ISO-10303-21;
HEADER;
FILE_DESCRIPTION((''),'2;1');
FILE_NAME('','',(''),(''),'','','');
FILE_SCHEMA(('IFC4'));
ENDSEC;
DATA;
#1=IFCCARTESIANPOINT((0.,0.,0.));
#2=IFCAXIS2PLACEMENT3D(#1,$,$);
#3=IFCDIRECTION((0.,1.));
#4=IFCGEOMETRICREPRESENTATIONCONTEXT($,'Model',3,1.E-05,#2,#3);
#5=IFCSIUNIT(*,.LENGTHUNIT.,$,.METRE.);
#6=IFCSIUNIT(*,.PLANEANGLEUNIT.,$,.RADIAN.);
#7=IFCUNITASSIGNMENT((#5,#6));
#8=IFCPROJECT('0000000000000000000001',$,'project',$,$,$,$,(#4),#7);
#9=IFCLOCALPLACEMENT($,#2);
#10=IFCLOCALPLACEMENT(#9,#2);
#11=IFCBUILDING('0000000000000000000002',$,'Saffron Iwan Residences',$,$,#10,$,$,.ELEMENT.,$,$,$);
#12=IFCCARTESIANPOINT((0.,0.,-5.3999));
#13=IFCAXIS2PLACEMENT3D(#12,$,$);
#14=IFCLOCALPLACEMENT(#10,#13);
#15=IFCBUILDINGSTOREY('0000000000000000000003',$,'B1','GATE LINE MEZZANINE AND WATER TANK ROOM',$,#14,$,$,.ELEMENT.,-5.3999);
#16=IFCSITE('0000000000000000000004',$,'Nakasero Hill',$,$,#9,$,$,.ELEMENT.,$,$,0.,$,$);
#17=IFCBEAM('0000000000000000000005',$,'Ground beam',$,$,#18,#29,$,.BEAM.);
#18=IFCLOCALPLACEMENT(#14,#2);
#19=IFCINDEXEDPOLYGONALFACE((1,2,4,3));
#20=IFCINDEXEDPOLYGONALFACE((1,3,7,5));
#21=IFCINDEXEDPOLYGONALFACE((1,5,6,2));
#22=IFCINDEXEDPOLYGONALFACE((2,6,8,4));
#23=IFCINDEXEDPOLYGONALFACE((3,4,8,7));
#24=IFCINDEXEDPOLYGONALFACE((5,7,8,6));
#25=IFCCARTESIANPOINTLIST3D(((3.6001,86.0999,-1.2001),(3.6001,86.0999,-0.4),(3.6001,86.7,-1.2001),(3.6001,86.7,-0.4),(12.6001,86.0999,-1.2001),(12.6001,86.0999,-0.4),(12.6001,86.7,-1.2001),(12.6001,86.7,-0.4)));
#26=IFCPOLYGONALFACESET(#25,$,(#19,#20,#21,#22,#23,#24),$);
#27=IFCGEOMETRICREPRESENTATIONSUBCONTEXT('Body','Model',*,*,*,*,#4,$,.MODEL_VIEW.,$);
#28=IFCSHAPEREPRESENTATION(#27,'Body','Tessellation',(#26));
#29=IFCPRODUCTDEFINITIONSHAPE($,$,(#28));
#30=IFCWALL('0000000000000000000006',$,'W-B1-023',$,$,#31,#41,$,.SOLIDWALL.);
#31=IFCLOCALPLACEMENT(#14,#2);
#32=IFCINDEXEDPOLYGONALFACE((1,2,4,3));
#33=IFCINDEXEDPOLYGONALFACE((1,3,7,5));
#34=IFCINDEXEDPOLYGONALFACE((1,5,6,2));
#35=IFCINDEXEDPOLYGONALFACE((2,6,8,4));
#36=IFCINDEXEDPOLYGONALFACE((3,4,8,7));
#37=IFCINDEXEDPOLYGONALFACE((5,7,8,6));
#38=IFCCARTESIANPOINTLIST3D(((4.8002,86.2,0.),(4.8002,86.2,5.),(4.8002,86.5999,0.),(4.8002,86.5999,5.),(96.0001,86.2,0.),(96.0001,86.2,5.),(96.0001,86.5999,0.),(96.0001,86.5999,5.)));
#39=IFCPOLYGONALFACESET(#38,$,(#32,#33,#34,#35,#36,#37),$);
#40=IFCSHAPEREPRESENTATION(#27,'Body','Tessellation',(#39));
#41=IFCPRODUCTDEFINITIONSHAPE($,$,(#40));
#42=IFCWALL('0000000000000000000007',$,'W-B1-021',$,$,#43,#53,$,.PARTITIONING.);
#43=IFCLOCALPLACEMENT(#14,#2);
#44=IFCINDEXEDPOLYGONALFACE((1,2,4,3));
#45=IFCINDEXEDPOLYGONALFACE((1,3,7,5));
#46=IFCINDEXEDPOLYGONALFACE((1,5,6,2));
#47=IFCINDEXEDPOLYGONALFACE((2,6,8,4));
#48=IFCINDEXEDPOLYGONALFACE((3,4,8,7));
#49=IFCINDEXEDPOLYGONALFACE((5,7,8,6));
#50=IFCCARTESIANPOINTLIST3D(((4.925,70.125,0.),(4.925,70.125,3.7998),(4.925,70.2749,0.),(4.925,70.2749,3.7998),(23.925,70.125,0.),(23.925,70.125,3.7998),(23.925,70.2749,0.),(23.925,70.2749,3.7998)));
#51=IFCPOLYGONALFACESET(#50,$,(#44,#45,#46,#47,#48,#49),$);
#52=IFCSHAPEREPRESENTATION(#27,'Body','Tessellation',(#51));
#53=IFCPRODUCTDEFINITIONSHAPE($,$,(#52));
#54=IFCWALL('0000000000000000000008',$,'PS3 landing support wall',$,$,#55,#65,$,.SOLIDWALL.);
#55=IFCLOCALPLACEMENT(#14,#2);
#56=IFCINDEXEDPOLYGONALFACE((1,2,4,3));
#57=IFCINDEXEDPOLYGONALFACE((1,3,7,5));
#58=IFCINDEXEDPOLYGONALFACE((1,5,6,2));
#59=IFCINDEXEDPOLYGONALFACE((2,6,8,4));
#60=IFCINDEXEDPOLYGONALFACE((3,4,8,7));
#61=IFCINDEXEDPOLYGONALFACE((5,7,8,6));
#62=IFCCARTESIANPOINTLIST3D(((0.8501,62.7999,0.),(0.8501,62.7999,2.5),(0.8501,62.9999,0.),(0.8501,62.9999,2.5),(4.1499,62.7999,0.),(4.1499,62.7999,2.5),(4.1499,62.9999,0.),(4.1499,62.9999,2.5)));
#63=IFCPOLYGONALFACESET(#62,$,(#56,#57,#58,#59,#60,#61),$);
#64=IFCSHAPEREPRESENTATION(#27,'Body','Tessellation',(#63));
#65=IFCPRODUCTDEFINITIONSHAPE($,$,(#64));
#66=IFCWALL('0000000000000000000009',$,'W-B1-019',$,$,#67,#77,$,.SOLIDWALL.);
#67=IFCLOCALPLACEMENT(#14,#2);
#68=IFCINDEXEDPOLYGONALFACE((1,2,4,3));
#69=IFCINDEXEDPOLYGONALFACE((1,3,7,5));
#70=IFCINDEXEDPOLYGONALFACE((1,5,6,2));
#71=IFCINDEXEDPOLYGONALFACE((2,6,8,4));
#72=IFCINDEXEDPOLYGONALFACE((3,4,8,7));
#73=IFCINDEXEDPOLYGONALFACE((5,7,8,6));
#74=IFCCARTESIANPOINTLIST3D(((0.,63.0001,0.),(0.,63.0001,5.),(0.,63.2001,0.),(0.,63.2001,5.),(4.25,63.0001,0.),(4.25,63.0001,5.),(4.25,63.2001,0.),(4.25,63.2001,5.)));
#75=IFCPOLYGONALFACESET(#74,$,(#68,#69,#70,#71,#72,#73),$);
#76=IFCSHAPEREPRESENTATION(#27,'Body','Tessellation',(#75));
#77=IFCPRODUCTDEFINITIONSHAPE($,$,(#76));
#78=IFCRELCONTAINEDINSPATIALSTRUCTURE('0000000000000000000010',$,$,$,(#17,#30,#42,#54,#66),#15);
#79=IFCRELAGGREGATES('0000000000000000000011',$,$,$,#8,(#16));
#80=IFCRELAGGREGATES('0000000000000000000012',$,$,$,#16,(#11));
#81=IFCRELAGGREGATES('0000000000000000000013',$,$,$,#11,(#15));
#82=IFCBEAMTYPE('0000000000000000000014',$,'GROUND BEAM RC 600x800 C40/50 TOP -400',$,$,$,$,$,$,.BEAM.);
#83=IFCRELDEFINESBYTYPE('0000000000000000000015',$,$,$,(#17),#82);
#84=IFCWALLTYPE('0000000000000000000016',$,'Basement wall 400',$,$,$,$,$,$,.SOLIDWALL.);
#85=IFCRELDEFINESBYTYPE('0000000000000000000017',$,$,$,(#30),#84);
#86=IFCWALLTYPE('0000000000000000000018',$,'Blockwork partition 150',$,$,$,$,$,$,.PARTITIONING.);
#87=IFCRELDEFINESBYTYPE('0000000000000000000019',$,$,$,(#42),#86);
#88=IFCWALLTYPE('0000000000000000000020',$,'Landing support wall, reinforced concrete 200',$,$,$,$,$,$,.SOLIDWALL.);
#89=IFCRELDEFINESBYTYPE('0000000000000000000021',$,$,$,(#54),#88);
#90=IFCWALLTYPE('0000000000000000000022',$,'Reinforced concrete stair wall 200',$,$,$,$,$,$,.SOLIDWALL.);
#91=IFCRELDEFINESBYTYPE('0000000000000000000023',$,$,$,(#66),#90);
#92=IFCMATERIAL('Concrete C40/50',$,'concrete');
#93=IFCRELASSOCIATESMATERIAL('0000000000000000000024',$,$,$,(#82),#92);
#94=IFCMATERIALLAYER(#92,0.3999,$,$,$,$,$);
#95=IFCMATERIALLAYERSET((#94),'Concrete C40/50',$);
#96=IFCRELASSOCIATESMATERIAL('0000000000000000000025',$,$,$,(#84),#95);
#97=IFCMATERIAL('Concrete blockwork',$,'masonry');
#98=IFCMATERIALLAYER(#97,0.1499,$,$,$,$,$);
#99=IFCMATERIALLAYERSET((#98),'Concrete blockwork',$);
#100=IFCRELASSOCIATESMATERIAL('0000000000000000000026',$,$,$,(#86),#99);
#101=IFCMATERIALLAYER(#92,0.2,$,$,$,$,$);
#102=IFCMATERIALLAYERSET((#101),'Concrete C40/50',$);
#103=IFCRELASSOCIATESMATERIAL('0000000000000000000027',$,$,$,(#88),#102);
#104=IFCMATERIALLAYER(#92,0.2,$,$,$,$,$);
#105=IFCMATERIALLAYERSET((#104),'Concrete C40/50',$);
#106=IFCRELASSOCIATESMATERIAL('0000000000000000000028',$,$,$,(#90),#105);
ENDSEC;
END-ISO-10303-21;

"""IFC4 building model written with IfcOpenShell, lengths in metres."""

from ifc_helpers import new_model, si_unit, direction, frame, frame_2d, origin, origin_2d, place, context, subcontext, project, spatial, rectangle, extrude, source, transform, mapped, material, layer, layer_set, material_profile, profile_set, type_object, element, save


model = new_model("IFC4")

# Units and contexts
model_context = context("Model", 3, precision=1e-05, world=origin(), true_north=direction((0.0, 1.0)))
body_context = subcontext(model_context, "Body", "Model", "MODEL_VIEW")
ifc_project = project(units=[si_unit("LENGTHUNIT", "METRE"), si_unit("PLANEANGLEUNIT", "RADIAN")], contexts=[model_context])

# Site, building, storey
site_placement = place(None, origin())
site = spatial("IfcSite", under=ifc_project, at=site_placement, Name="Nakasero Hill", CompositionType="ELEMENT", RefElevation=0.0)
building_placement = place(site_placement, origin())
building = spatial("IfcBuilding", under=site, at=building_placement, Name="Saffron Iwan Residences", CompositionType="ELEMENT")
storey_placement = place(building_placement, frame((0.0, 0.0, -5.3999)))
storey = spatial("IfcBuildingStorey", under=building, at=storey_placement, Name="B1", Description="GATE LINE MEZZANINE AND WATER TANK ROOM", CompositionType="ELEMENT", Elevation=-5.3999)

# Shared definitions
ifc_material_1 = material(Name="Concrete C40/50", Category="concrete")

# Beam
ifc_material_profile_1 = material_profile(ifc_material_1, rectangle(XDim=0.6001, YDim=0.8, at=origin_2d()), Name="RC 600x800")
ifc_profile_set_1 = profile_set([ifc_material_profile_1], Name="Concrete C40/50")
beam_type_1 = type_object("IfcBeamType", Name="GROUND BEAM RC 600x800 C40/50 TOP -400", PredefinedType="BEAM", material=ifc_profile_set_1)
shared_shape_1 = source(origin(), body_context, "Body", "SweptSolid", [
    extrude(rectangle(XDim=0.6001, YDim=0.8, at=origin_2d()), origin(), (0.0, 0.0, 1.0), 9.0),
])
beam_1_placement = place(storey_placement, frame((3.6001, 86.3999, -0.8), z_axis=(1.0, 0.0, 0.0), x_axis=(0.0, 1.0, 0.0)))
element("IfcBeam", 1, at=beam_1_placement, inside=storey, type_object=beam_type_1, Name="Ground beam", PredefinedType="BEAM", context=body_context, shape_type="MappedRepresentation", body=[
    mapped(shared_shape_1, transform((0.0, 0.0, 0.0))),
])

# Walls
ifc_layer_1 = layer(ifc_material_1, 0.3999)
ifc_layer_set_1 = layer_set([ifc_layer_1], Name="Concrete C40/50")
wall_type_1 = type_object("IfcWallType", Name="Basement wall 400", PredefinedType="SOLIDWALL", material=ifc_layer_set_1)
wall_1_placement = place(storey_placement, frame((4.8, 86.3999, 0.0), z_axis=(0.0, 0.0, 1.0), x_axis=(1.0, 0.0, 0.0)))
element("IfcWall", 2, at=wall_1_placement, inside=storey, type_object=wall_type_1, Name="W-B1-023", PredefinedType="SOLIDWALL", context=body_context, shape_type="SweptSolid", body=[
    extrude(rectangle(XDim=91.2, YDim=0.3999, at=frame_2d((45.6001, 0.0))), origin(), (0.0, 0.0, 1.0), 5.0),
])
ifc_material_2 = material(Name="Concrete blockwork", Category="masonry")
ifc_layer_2 = layer(ifc_material_2, 0.1499)
ifc_layer_set_2 = layer_set([ifc_layer_2], Name="Concrete blockwork")
wall_type_2 = type_object("IfcWallType", Name="Blockwork partition 150", PredefinedType="PARTITIONING", material=ifc_layer_set_2)
wall_2_placement = place(storey_placement, frame((4.925, 70.2, 0.0), z_axis=(0.0, 0.0, 1.0), x_axis=(1.0, 0.0, 0.0)))
element("IfcWall", 3, at=wall_2_placement, inside=storey, type_object=wall_type_2, Name="W-B1-021", PredefinedType="PARTITIONING", context=body_context, shape_type="SweptSolid", body=[
    extrude(rectangle(XDim=19.0, YDim=0.1499, at=frame_2d((9.5, 0.0))), origin(), (0.0, 0.0, 1.0), 3.7998),
])
ifc_layer_3 = layer(ifc_material_1, 0.2)
ifc_layer_set_3 = layer_set([ifc_layer_3], Name="Concrete C40/50")
wall_type_3 = type_object("IfcWallType", Name="Landing support wall, reinforced concrete 200", PredefinedType="SOLIDWALL", material=ifc_layer_set_3)
wall_3_placement = place(storey_placement, frame((0.8501, 62.8999, 0.0), z_axis=(0.0, 0.0, 1.0), x_axis=(1.0, 0.0, 0.0)))
element("IfcWall", 4, at=wall_3_placement, inside=storey, type_object=wall_type_3, Name="PS3 landing support wall", PredefinedType="SOLIDWALL", context=body_context, shape_type="SweptSolid", body=[
    extrude(rectangle(XDim=3.2998, YDim=0.2, at=frame_2d((1.6499, 0.0))), origin(), (0.0, 0.0, 1.0), 2.5),
])
ifc_layer_4 = layer(ifc_material_1, 0.2)
ifc_layer_set_4 = layer_set([ifc_layer_4], Name="Concrete C40/50")
wall_type_4 = type_object("IfcWallType", Name="Reinforced concrete stair wall 200", PredefinedType="SOLIDWALL", material=ifc_layer_set_4)
wall_4_placement = place(storey_placement, frame((0.0, 63.1001, 0.0), z_axis=(0.0, 0.0, 1.0), x_axis=(1.0, 0.0, 0.0)))
element("IfcWall", 5, at=wall_4_placement, inside=storey, type_object=wall_type_4, Name="W-B1-019", PredefinedType="SOLIDWALL", context=body_context, shape_type="SweptSolid", body=[
    extrude(rectangle(XDim=4.25, YDim=0.2, at=frame_2d((2.125, 0.0))), origin(), (0.0, 0.0, 1.0), 5.0),
])

save(model, "model.ifc")
